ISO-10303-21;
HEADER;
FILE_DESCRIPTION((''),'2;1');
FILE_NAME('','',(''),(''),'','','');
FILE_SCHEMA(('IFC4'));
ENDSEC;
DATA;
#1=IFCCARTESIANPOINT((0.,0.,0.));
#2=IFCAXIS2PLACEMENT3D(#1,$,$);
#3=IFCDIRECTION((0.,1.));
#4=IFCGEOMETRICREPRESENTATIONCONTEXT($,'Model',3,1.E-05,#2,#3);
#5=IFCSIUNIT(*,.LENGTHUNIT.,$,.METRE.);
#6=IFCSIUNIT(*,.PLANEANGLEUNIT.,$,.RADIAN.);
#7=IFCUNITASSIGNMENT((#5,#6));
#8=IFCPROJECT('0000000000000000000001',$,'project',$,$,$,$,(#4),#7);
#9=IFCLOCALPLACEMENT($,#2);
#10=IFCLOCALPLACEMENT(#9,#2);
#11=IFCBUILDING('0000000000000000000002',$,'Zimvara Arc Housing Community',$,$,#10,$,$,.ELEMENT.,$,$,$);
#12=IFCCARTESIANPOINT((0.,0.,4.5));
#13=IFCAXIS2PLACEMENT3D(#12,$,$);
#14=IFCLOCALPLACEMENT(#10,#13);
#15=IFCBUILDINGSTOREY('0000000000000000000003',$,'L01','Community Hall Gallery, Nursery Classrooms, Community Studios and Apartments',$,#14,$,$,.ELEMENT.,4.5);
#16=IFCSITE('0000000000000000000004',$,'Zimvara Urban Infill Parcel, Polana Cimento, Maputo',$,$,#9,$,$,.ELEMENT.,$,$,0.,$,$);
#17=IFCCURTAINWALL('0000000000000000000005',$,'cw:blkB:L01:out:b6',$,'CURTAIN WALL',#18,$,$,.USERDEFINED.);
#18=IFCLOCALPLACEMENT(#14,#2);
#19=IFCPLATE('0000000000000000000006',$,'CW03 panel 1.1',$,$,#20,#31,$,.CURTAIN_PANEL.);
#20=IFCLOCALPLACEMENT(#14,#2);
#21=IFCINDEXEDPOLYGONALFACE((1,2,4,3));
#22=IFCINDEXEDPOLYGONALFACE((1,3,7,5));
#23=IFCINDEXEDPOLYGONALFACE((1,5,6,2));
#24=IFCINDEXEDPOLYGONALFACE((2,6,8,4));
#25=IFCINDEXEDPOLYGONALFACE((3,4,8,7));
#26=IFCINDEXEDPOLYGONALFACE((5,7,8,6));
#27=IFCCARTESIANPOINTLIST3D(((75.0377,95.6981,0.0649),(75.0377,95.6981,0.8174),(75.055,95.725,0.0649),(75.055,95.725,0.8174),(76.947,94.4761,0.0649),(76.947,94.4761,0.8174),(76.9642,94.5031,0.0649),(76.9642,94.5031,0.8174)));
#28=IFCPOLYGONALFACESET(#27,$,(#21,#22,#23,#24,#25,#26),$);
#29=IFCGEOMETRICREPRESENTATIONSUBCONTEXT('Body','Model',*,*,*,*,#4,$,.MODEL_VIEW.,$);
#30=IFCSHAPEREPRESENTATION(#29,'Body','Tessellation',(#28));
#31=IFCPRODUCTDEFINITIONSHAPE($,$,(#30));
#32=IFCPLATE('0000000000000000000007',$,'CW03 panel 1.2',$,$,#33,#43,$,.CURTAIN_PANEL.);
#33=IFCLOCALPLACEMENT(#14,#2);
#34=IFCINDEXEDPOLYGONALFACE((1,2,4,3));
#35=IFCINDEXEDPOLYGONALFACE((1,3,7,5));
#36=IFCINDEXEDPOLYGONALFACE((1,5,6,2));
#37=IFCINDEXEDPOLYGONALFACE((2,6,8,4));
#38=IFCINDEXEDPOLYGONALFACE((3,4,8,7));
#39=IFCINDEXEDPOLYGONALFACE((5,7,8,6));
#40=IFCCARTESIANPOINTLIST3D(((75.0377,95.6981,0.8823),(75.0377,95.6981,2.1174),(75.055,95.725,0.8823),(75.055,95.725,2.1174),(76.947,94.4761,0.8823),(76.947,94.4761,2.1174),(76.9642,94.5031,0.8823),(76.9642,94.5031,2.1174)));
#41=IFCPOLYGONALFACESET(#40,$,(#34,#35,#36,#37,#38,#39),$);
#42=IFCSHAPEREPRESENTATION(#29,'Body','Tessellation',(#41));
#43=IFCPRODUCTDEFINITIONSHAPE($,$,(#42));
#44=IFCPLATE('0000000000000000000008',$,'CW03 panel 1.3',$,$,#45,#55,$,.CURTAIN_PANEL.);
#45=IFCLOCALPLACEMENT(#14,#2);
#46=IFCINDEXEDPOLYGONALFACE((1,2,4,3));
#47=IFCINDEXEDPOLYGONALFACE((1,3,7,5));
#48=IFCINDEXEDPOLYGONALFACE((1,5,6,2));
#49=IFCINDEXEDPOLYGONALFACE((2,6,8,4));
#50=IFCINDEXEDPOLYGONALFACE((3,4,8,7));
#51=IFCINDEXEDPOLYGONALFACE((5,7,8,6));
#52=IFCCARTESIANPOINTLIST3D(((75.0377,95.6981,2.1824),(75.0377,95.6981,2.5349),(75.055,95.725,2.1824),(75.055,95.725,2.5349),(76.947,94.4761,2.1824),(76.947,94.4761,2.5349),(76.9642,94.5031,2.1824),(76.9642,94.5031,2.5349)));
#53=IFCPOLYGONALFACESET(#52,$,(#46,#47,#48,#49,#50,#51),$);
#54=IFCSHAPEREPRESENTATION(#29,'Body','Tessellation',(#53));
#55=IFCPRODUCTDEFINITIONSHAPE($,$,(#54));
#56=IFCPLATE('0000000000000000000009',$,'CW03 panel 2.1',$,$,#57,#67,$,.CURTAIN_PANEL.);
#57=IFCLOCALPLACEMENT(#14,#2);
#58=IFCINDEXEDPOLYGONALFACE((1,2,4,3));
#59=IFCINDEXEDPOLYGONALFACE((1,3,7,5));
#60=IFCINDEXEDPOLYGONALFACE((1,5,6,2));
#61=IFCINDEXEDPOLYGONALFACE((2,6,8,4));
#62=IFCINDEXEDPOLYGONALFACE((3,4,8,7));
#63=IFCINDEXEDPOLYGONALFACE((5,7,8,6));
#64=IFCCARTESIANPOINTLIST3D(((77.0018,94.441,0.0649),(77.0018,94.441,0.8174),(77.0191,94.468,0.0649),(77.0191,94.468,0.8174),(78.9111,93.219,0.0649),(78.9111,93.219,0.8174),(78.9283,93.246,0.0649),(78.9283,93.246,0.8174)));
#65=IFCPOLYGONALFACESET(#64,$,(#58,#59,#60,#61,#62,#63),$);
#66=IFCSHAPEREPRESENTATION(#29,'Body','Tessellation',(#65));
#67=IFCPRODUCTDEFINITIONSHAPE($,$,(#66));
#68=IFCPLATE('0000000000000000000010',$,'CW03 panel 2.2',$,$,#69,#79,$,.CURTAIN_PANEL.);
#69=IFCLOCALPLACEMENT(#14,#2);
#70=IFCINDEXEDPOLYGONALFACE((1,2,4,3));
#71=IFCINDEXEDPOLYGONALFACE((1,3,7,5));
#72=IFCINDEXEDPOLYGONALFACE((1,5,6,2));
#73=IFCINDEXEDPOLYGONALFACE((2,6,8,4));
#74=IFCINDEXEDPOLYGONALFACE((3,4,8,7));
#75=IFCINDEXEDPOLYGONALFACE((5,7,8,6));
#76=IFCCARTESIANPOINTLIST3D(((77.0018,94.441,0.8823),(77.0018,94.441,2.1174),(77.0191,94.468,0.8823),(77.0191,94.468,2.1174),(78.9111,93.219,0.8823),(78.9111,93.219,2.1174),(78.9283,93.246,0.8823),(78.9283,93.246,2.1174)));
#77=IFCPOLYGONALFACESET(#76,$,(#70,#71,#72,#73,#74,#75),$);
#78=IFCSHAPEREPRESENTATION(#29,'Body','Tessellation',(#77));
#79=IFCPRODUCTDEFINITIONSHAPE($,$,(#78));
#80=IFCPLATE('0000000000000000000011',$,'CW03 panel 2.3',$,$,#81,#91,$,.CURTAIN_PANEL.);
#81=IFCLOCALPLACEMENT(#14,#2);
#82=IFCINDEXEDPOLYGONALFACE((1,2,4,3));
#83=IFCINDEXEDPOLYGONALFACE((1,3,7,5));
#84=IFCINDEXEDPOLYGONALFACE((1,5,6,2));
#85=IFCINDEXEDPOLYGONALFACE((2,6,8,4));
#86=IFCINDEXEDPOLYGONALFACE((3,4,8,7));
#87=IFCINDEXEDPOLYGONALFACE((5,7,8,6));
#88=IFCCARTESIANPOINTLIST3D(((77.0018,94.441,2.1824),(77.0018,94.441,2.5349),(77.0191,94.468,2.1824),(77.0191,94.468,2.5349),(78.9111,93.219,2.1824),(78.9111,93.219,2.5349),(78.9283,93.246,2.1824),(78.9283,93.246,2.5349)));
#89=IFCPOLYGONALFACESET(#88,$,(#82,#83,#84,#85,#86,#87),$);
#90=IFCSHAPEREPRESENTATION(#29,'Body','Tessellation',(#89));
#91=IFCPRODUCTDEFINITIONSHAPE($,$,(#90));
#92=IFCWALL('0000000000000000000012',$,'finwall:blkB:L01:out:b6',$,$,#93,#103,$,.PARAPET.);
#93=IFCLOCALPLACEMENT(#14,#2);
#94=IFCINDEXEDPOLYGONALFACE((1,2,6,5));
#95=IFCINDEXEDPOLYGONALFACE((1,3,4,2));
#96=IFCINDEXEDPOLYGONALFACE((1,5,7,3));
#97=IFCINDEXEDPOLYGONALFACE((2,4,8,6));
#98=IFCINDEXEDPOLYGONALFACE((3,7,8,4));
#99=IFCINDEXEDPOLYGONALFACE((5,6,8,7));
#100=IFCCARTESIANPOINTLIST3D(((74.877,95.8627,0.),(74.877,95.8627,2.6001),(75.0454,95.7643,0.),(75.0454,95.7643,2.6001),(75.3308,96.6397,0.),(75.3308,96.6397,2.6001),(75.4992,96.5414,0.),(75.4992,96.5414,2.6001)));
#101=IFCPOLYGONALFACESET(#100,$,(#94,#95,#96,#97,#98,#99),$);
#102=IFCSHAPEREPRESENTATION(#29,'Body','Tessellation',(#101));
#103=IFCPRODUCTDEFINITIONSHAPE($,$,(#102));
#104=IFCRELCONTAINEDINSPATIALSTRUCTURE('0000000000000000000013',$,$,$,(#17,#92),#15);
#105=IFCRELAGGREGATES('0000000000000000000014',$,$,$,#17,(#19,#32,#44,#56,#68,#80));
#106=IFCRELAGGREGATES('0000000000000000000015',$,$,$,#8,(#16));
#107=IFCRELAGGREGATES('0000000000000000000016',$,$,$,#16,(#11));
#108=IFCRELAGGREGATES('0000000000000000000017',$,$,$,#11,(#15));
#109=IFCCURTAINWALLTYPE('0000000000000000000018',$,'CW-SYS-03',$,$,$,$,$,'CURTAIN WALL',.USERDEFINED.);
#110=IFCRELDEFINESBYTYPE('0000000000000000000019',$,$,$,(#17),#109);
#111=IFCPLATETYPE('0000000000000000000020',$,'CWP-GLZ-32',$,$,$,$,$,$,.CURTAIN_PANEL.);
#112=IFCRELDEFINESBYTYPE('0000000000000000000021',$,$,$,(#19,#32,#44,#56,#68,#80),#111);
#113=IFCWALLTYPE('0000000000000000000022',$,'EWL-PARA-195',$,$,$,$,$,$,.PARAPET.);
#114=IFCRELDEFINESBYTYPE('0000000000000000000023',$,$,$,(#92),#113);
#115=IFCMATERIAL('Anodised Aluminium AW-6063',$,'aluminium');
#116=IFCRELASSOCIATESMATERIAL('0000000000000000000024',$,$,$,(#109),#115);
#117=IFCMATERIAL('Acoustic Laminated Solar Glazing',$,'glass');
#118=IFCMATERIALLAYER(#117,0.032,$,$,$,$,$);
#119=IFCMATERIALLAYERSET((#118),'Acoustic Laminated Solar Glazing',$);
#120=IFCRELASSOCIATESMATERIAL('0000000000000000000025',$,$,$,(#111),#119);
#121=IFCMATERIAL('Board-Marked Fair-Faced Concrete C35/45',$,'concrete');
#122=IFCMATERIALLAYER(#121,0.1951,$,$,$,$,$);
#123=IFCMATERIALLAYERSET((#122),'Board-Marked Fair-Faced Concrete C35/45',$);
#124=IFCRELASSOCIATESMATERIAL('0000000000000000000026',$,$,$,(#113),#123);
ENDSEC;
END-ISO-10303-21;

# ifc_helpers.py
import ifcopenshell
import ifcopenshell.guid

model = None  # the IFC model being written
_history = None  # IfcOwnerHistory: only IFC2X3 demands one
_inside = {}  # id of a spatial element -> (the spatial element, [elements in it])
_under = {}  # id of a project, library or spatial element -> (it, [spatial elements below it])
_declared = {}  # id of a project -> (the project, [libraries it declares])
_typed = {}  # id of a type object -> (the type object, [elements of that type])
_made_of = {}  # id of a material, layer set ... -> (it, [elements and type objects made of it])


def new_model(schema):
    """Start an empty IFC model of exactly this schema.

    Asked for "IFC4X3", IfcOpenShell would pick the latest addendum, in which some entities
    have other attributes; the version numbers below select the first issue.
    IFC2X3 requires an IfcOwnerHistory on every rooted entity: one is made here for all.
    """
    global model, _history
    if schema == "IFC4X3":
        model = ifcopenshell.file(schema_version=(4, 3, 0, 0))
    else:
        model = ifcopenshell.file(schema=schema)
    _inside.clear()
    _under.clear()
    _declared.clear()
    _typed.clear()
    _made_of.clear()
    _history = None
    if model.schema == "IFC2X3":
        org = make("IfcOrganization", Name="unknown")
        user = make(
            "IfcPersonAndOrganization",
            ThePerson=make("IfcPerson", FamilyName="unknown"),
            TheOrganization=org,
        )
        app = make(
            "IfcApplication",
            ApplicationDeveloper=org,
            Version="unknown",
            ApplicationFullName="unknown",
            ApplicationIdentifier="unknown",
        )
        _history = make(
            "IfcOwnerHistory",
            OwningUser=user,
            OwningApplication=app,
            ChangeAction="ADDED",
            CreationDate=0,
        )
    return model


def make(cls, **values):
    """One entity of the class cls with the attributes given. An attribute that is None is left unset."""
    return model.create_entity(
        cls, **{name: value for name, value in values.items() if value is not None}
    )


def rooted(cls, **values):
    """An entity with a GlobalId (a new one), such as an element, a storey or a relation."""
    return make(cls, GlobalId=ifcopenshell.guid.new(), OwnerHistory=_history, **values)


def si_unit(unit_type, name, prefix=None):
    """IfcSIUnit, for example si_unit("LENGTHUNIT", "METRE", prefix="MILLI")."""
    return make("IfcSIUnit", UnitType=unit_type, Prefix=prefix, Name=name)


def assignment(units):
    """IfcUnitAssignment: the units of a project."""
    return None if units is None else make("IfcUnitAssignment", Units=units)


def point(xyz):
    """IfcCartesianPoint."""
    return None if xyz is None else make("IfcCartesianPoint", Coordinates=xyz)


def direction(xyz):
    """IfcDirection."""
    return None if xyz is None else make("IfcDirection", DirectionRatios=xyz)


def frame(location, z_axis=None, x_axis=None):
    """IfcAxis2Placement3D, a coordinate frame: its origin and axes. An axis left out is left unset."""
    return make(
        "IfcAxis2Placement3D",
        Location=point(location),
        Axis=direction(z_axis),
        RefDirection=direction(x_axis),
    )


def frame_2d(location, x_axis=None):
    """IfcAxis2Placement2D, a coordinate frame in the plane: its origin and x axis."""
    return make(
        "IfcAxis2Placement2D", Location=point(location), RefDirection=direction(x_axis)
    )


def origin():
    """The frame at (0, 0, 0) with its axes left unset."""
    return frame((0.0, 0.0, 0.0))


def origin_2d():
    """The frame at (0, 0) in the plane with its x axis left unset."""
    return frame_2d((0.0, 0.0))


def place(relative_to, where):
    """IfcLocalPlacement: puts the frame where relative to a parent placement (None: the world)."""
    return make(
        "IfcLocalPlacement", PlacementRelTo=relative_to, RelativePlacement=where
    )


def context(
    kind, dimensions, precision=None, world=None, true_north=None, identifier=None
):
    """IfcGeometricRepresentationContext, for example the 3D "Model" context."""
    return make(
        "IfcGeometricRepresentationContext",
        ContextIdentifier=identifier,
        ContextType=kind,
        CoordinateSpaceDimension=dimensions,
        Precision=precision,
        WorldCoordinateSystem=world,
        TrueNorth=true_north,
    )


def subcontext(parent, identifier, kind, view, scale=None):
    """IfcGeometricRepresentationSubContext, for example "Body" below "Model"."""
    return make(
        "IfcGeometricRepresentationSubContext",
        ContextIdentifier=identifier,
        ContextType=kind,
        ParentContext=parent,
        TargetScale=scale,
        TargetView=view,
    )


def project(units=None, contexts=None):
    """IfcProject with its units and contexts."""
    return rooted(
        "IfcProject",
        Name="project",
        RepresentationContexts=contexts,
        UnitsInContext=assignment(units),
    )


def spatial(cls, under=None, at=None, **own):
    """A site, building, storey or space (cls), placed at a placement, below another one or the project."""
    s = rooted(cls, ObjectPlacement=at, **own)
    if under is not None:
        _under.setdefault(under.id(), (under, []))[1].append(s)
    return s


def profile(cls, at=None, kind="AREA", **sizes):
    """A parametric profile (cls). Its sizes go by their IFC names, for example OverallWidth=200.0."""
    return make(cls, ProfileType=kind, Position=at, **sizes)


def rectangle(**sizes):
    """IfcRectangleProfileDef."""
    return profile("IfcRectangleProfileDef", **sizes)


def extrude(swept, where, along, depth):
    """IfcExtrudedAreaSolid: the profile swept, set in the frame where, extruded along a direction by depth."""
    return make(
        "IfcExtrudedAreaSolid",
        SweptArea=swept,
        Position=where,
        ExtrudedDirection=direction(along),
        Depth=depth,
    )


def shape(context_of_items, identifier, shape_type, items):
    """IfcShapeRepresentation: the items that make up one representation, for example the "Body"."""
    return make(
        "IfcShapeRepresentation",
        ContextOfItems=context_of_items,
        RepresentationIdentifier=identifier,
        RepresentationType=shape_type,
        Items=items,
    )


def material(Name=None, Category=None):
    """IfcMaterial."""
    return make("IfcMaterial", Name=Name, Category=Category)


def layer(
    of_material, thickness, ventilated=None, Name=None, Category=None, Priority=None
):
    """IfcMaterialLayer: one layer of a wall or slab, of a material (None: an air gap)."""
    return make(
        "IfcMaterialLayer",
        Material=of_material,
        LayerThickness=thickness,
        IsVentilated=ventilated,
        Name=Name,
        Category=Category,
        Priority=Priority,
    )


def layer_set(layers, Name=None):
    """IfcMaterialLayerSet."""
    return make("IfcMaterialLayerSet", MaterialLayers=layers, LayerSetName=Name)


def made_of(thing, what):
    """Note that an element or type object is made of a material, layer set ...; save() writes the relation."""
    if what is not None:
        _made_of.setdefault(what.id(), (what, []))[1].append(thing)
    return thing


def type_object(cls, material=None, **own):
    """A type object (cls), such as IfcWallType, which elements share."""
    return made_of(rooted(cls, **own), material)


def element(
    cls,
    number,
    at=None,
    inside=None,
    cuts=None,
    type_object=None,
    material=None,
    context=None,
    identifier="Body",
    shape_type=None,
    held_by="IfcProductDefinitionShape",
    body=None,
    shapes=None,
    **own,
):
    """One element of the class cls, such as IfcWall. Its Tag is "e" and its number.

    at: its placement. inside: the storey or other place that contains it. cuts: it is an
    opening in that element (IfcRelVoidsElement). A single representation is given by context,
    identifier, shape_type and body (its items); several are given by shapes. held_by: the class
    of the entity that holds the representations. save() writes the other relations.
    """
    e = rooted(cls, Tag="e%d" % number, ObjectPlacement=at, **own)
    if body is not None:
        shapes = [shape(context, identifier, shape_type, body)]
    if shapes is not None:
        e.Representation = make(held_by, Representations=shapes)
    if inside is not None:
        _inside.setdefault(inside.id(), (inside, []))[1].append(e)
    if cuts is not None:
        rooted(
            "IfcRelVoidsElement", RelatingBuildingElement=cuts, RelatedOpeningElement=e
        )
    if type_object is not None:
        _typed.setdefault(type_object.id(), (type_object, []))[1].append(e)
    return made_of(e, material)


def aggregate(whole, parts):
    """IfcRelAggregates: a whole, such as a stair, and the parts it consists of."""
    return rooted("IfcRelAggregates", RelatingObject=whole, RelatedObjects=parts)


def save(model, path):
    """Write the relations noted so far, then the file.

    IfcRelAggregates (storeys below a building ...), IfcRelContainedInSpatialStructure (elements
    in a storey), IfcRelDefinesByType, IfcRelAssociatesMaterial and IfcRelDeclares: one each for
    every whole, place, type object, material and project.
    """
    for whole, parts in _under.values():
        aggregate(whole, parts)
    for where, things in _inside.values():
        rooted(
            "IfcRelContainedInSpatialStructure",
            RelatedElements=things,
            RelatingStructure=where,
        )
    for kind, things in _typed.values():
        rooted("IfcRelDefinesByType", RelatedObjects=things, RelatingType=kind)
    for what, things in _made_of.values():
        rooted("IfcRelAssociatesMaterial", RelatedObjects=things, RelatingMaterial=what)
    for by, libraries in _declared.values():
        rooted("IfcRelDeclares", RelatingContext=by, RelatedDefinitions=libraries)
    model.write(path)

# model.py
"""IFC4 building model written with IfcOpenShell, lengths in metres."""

from ifc_helpers import new_model, si_unit, direction, frame, frame_2d, origin, origin_2d, place, context, subcontext, project, spatial, rectangle, extrude, material, layer, layer_set, type_object, element, aggregate, save


model = new_model("IFC4")

# Units and contexts
model_context = context("Model", 3, precision=1e-05, world=origin(), true_north=direction((0.0, 1.0)))
body_context = subcontext(model_context, "Body", "Model", "MODEL_VIEW")
ifc_project = project(units=[si_unit("LENGTHUNIT", "METRE"), si_unit("PLANEANGLEUNIT", "RADIAN")], contexts=[model_context])

# Site, building, storey
site_placement = place(None, origin())
site = spatial("IfcSite", under=ifc_project, at=site_placement, Name="Zimvara Urban Infill Parcel, Polana Cimento, Maputo", CompositionType="ELEMENT", RefElevation=0.0)
building_placement = place(site_placement, origin())
building = spatial("IfcBuilding", under=site, at=building_placement, Name="Zimvara Arc Housing Community", CompositionType="ELEMENT")
storey_placement = place(building_placement, frame((0.0, 0.0, 4.5)))
storey = spatial("IfcBuildingStorey", under=building, at=storey_placement, Name="L01", Description="Community Hall Gallery, Nursery Classrooms, Community Studios and Apartments", CompositionType="ELEMENT", Elevation=4.5)

# Curtain wall
ifc_material_1 = material(Name="Anodised Aluminium AW-6063", Category="aluminium")
curtain_wall_type_1 = type_object("IfcCurtainWallType", Name="CW-SYS-03", ElementType="CURTAIN WALL", PredefinedType="USERDEFINED", material=ifc_material_1)
curtain_wall_1_placement = place(storey_placement, origin())
curtain_wall_1 = element("IfcCurtainWall", 1, at=curtain_wall_1_placement, inside=storey, type_object=curtain_wall_type_1, Name="cw:blkB:L01:out:b6", ObjectType="CURTAIN WALL", PredefinedType="USERDEFINED")

# Plates
ifc_material_2 = material(Name="Acoustic Laminated Solar Glazing", Category="glass")
ifc_layer_1 = layer(ifc_material_2, 0.032)
ifc_layer_set_1 = layer_set([ifc_layer_1], Name="Acoustic Laminated Solar Glazing")
plate_type = type_object("IfcPlateType", Name="CWP-GLZ-32", PredefinedType="CURTAIN_PANEL", material=ifc_layer_set_1)
plate_1_placement = place(storey_placement, frame((76.001, 95.1006, 0.0649), z_axis=(0.0, 0.0, 1.0), x_axis=(0.842264, -0.539065, 0.0)))
plate_1 = element("IfcPlate", 2, at=plate_1_placement, type_object=plate_type, Name="CW03 panel 1.1", PredefinedType="CURTAIN_PANEL", context=body_context, shape_type="SweptSolid", body=[
    extrude(rectangle(XDim=2.2668, YDim=0.032, at=origin_2d()), origin(), (0.0, 0.0, 1.0), 0.7524),
])
plate_2_placement = place(storey_placement, frame((76.001, 95.1006, 0.8823), z_axis=(0.0, 0.0, 1.0), x_axis=(0.842264, -0.539065, 0.0)))
plate_2 = element("IfcPlate", 3, at=plate_2_placement, type_object=plate_type, Name="CW03 panel 1.2", PredefinedType="CURTAIN_PANEL", context=body_context, shape_type="SweptSolid", body=[
    extrude(rectangle(XDim=2.2668, YDim=0.032, at=origin_2d()), origin(), (0.0, 0.0, 1.0), 1.2351),
])
plate_3_placement = place(storey_placement, frame((76.001, 95.1006, 2.1824), z_axis=(0.0, 0.0, 1.0), x_axis=(0.842264, -0.539065, 0.0)))
plate_3 = element("IfcPlate", 4, at=plate_3_placement, type_object=plate_type, Name="CW03 panel 1.3", PredefinedType="CURTAIN_PANEL", context=body_context, shape_type="SweptSolid", body=[
    extrude(rectangle(XDim=2.2668, YDim=0.032, at=origin_2d()), origin(), (0.0, 0.0, 1.0), 0.3525),
])
plate_4_placement = place(storey_placement, frame((77.9651, 93.8435, 0.0649), z_axis=(0.0, 0.0, 1.0), x_axis=(0.842264, -0.539065, 0.0)))
plate_4 = element("IfcPlate", 5, at=plate_4_placement, type_object=plate_type, Name="CW03 panel 2.1", PredefinedType="CURTAIN_PANEL", context=body_context, shape_type="SweptSolid", body=[
    extrude(rectangle(XDim=2.2668, YDim=0.032, at=origin_2d()), origin(), (0.0, 0.0, 1.0), 0.7524),
])
plate_5_placement = place(storey_placement, frame((77.9651, 93.8435, 0.8823), z_axis=(0.0, 0.0, 1.0), x_axis=(0.842264, -0.539065, 0.0)))
plate_5 = element("IfcPlate", 6, at=plate_5_placement, type_object=plate_type, Name="CW03 panel 2.2", PredefinedType="CURTAIN_PANEL", context=body_context, shape_type="SweptSolid", body=[
    extrude(rectangle(XDim=2.2668, YDim=0.032, at=origin_2d()), origin(), (0.0, 0.0, 1.0), 1.2351),
])
plate_6_placement = place(storey_placement, frame((77.9651, 93.8435, 2.1824), z_axis=(0.0, 0.0, 1.0), x_axis=(0.842264, -0.539065, 0.0)))
plate_6 = element("IfcPlate", 7, at=plate_6_placement, type_object=plate_type, Name="CW03 panel 2.3", PredefinedType="CURTAIN_PANEL", context=body_context, shape_type="SweptSolid", body=[
    extrude(rectangle(XDim=2.2668, YDim=0.032, at=origin_2d()), origin(), (0.0, 0.0, 1.0), 0.3525),
])
aggregate(curtain_wall_1, [plate_1, plate_2, plate_3, plate_4, plate_5, plate_6])

# Wall
ifc_material_3 = material(Name="Board-Marked Fair-Faced Concrete C35/45", Category="concrete")
ifc_layer_2 = layer(ifc_material_3, 0.1951)
ifc_layer_set_2 = layer_set([ifc_layer_2], Name="Board-Marked Fair-Faced Concrete C35/45")
wall_type = type_object("IfcWallType", Name="EWL-PARA-195", PredefinedType="PARAPET", material=ifc_layer_set_2)
wall_placement = place(storey_placement, frame((74.9612, 95.8135, 0.0), z_axis=(0.0, 0.0, 1.0), x_axis=(0.504326, 0.863513, 0.0)))
element("IfcWall", 8, at=wall_placement, inside=storey, type_object=wall_type, Name="finwall:blkB:L01:out:b6", PredefinedType="PARAPET", context=body_context, shape_type="SweptSolid", body=[
    extrude(rectangle(XDim=0.8999, YDim=0.1951, at=frame_2d((0.45, 0.0))), origin(), (0.0, 0.0, 1.0), 2.6001),
])

save(model, "model.ifc")
